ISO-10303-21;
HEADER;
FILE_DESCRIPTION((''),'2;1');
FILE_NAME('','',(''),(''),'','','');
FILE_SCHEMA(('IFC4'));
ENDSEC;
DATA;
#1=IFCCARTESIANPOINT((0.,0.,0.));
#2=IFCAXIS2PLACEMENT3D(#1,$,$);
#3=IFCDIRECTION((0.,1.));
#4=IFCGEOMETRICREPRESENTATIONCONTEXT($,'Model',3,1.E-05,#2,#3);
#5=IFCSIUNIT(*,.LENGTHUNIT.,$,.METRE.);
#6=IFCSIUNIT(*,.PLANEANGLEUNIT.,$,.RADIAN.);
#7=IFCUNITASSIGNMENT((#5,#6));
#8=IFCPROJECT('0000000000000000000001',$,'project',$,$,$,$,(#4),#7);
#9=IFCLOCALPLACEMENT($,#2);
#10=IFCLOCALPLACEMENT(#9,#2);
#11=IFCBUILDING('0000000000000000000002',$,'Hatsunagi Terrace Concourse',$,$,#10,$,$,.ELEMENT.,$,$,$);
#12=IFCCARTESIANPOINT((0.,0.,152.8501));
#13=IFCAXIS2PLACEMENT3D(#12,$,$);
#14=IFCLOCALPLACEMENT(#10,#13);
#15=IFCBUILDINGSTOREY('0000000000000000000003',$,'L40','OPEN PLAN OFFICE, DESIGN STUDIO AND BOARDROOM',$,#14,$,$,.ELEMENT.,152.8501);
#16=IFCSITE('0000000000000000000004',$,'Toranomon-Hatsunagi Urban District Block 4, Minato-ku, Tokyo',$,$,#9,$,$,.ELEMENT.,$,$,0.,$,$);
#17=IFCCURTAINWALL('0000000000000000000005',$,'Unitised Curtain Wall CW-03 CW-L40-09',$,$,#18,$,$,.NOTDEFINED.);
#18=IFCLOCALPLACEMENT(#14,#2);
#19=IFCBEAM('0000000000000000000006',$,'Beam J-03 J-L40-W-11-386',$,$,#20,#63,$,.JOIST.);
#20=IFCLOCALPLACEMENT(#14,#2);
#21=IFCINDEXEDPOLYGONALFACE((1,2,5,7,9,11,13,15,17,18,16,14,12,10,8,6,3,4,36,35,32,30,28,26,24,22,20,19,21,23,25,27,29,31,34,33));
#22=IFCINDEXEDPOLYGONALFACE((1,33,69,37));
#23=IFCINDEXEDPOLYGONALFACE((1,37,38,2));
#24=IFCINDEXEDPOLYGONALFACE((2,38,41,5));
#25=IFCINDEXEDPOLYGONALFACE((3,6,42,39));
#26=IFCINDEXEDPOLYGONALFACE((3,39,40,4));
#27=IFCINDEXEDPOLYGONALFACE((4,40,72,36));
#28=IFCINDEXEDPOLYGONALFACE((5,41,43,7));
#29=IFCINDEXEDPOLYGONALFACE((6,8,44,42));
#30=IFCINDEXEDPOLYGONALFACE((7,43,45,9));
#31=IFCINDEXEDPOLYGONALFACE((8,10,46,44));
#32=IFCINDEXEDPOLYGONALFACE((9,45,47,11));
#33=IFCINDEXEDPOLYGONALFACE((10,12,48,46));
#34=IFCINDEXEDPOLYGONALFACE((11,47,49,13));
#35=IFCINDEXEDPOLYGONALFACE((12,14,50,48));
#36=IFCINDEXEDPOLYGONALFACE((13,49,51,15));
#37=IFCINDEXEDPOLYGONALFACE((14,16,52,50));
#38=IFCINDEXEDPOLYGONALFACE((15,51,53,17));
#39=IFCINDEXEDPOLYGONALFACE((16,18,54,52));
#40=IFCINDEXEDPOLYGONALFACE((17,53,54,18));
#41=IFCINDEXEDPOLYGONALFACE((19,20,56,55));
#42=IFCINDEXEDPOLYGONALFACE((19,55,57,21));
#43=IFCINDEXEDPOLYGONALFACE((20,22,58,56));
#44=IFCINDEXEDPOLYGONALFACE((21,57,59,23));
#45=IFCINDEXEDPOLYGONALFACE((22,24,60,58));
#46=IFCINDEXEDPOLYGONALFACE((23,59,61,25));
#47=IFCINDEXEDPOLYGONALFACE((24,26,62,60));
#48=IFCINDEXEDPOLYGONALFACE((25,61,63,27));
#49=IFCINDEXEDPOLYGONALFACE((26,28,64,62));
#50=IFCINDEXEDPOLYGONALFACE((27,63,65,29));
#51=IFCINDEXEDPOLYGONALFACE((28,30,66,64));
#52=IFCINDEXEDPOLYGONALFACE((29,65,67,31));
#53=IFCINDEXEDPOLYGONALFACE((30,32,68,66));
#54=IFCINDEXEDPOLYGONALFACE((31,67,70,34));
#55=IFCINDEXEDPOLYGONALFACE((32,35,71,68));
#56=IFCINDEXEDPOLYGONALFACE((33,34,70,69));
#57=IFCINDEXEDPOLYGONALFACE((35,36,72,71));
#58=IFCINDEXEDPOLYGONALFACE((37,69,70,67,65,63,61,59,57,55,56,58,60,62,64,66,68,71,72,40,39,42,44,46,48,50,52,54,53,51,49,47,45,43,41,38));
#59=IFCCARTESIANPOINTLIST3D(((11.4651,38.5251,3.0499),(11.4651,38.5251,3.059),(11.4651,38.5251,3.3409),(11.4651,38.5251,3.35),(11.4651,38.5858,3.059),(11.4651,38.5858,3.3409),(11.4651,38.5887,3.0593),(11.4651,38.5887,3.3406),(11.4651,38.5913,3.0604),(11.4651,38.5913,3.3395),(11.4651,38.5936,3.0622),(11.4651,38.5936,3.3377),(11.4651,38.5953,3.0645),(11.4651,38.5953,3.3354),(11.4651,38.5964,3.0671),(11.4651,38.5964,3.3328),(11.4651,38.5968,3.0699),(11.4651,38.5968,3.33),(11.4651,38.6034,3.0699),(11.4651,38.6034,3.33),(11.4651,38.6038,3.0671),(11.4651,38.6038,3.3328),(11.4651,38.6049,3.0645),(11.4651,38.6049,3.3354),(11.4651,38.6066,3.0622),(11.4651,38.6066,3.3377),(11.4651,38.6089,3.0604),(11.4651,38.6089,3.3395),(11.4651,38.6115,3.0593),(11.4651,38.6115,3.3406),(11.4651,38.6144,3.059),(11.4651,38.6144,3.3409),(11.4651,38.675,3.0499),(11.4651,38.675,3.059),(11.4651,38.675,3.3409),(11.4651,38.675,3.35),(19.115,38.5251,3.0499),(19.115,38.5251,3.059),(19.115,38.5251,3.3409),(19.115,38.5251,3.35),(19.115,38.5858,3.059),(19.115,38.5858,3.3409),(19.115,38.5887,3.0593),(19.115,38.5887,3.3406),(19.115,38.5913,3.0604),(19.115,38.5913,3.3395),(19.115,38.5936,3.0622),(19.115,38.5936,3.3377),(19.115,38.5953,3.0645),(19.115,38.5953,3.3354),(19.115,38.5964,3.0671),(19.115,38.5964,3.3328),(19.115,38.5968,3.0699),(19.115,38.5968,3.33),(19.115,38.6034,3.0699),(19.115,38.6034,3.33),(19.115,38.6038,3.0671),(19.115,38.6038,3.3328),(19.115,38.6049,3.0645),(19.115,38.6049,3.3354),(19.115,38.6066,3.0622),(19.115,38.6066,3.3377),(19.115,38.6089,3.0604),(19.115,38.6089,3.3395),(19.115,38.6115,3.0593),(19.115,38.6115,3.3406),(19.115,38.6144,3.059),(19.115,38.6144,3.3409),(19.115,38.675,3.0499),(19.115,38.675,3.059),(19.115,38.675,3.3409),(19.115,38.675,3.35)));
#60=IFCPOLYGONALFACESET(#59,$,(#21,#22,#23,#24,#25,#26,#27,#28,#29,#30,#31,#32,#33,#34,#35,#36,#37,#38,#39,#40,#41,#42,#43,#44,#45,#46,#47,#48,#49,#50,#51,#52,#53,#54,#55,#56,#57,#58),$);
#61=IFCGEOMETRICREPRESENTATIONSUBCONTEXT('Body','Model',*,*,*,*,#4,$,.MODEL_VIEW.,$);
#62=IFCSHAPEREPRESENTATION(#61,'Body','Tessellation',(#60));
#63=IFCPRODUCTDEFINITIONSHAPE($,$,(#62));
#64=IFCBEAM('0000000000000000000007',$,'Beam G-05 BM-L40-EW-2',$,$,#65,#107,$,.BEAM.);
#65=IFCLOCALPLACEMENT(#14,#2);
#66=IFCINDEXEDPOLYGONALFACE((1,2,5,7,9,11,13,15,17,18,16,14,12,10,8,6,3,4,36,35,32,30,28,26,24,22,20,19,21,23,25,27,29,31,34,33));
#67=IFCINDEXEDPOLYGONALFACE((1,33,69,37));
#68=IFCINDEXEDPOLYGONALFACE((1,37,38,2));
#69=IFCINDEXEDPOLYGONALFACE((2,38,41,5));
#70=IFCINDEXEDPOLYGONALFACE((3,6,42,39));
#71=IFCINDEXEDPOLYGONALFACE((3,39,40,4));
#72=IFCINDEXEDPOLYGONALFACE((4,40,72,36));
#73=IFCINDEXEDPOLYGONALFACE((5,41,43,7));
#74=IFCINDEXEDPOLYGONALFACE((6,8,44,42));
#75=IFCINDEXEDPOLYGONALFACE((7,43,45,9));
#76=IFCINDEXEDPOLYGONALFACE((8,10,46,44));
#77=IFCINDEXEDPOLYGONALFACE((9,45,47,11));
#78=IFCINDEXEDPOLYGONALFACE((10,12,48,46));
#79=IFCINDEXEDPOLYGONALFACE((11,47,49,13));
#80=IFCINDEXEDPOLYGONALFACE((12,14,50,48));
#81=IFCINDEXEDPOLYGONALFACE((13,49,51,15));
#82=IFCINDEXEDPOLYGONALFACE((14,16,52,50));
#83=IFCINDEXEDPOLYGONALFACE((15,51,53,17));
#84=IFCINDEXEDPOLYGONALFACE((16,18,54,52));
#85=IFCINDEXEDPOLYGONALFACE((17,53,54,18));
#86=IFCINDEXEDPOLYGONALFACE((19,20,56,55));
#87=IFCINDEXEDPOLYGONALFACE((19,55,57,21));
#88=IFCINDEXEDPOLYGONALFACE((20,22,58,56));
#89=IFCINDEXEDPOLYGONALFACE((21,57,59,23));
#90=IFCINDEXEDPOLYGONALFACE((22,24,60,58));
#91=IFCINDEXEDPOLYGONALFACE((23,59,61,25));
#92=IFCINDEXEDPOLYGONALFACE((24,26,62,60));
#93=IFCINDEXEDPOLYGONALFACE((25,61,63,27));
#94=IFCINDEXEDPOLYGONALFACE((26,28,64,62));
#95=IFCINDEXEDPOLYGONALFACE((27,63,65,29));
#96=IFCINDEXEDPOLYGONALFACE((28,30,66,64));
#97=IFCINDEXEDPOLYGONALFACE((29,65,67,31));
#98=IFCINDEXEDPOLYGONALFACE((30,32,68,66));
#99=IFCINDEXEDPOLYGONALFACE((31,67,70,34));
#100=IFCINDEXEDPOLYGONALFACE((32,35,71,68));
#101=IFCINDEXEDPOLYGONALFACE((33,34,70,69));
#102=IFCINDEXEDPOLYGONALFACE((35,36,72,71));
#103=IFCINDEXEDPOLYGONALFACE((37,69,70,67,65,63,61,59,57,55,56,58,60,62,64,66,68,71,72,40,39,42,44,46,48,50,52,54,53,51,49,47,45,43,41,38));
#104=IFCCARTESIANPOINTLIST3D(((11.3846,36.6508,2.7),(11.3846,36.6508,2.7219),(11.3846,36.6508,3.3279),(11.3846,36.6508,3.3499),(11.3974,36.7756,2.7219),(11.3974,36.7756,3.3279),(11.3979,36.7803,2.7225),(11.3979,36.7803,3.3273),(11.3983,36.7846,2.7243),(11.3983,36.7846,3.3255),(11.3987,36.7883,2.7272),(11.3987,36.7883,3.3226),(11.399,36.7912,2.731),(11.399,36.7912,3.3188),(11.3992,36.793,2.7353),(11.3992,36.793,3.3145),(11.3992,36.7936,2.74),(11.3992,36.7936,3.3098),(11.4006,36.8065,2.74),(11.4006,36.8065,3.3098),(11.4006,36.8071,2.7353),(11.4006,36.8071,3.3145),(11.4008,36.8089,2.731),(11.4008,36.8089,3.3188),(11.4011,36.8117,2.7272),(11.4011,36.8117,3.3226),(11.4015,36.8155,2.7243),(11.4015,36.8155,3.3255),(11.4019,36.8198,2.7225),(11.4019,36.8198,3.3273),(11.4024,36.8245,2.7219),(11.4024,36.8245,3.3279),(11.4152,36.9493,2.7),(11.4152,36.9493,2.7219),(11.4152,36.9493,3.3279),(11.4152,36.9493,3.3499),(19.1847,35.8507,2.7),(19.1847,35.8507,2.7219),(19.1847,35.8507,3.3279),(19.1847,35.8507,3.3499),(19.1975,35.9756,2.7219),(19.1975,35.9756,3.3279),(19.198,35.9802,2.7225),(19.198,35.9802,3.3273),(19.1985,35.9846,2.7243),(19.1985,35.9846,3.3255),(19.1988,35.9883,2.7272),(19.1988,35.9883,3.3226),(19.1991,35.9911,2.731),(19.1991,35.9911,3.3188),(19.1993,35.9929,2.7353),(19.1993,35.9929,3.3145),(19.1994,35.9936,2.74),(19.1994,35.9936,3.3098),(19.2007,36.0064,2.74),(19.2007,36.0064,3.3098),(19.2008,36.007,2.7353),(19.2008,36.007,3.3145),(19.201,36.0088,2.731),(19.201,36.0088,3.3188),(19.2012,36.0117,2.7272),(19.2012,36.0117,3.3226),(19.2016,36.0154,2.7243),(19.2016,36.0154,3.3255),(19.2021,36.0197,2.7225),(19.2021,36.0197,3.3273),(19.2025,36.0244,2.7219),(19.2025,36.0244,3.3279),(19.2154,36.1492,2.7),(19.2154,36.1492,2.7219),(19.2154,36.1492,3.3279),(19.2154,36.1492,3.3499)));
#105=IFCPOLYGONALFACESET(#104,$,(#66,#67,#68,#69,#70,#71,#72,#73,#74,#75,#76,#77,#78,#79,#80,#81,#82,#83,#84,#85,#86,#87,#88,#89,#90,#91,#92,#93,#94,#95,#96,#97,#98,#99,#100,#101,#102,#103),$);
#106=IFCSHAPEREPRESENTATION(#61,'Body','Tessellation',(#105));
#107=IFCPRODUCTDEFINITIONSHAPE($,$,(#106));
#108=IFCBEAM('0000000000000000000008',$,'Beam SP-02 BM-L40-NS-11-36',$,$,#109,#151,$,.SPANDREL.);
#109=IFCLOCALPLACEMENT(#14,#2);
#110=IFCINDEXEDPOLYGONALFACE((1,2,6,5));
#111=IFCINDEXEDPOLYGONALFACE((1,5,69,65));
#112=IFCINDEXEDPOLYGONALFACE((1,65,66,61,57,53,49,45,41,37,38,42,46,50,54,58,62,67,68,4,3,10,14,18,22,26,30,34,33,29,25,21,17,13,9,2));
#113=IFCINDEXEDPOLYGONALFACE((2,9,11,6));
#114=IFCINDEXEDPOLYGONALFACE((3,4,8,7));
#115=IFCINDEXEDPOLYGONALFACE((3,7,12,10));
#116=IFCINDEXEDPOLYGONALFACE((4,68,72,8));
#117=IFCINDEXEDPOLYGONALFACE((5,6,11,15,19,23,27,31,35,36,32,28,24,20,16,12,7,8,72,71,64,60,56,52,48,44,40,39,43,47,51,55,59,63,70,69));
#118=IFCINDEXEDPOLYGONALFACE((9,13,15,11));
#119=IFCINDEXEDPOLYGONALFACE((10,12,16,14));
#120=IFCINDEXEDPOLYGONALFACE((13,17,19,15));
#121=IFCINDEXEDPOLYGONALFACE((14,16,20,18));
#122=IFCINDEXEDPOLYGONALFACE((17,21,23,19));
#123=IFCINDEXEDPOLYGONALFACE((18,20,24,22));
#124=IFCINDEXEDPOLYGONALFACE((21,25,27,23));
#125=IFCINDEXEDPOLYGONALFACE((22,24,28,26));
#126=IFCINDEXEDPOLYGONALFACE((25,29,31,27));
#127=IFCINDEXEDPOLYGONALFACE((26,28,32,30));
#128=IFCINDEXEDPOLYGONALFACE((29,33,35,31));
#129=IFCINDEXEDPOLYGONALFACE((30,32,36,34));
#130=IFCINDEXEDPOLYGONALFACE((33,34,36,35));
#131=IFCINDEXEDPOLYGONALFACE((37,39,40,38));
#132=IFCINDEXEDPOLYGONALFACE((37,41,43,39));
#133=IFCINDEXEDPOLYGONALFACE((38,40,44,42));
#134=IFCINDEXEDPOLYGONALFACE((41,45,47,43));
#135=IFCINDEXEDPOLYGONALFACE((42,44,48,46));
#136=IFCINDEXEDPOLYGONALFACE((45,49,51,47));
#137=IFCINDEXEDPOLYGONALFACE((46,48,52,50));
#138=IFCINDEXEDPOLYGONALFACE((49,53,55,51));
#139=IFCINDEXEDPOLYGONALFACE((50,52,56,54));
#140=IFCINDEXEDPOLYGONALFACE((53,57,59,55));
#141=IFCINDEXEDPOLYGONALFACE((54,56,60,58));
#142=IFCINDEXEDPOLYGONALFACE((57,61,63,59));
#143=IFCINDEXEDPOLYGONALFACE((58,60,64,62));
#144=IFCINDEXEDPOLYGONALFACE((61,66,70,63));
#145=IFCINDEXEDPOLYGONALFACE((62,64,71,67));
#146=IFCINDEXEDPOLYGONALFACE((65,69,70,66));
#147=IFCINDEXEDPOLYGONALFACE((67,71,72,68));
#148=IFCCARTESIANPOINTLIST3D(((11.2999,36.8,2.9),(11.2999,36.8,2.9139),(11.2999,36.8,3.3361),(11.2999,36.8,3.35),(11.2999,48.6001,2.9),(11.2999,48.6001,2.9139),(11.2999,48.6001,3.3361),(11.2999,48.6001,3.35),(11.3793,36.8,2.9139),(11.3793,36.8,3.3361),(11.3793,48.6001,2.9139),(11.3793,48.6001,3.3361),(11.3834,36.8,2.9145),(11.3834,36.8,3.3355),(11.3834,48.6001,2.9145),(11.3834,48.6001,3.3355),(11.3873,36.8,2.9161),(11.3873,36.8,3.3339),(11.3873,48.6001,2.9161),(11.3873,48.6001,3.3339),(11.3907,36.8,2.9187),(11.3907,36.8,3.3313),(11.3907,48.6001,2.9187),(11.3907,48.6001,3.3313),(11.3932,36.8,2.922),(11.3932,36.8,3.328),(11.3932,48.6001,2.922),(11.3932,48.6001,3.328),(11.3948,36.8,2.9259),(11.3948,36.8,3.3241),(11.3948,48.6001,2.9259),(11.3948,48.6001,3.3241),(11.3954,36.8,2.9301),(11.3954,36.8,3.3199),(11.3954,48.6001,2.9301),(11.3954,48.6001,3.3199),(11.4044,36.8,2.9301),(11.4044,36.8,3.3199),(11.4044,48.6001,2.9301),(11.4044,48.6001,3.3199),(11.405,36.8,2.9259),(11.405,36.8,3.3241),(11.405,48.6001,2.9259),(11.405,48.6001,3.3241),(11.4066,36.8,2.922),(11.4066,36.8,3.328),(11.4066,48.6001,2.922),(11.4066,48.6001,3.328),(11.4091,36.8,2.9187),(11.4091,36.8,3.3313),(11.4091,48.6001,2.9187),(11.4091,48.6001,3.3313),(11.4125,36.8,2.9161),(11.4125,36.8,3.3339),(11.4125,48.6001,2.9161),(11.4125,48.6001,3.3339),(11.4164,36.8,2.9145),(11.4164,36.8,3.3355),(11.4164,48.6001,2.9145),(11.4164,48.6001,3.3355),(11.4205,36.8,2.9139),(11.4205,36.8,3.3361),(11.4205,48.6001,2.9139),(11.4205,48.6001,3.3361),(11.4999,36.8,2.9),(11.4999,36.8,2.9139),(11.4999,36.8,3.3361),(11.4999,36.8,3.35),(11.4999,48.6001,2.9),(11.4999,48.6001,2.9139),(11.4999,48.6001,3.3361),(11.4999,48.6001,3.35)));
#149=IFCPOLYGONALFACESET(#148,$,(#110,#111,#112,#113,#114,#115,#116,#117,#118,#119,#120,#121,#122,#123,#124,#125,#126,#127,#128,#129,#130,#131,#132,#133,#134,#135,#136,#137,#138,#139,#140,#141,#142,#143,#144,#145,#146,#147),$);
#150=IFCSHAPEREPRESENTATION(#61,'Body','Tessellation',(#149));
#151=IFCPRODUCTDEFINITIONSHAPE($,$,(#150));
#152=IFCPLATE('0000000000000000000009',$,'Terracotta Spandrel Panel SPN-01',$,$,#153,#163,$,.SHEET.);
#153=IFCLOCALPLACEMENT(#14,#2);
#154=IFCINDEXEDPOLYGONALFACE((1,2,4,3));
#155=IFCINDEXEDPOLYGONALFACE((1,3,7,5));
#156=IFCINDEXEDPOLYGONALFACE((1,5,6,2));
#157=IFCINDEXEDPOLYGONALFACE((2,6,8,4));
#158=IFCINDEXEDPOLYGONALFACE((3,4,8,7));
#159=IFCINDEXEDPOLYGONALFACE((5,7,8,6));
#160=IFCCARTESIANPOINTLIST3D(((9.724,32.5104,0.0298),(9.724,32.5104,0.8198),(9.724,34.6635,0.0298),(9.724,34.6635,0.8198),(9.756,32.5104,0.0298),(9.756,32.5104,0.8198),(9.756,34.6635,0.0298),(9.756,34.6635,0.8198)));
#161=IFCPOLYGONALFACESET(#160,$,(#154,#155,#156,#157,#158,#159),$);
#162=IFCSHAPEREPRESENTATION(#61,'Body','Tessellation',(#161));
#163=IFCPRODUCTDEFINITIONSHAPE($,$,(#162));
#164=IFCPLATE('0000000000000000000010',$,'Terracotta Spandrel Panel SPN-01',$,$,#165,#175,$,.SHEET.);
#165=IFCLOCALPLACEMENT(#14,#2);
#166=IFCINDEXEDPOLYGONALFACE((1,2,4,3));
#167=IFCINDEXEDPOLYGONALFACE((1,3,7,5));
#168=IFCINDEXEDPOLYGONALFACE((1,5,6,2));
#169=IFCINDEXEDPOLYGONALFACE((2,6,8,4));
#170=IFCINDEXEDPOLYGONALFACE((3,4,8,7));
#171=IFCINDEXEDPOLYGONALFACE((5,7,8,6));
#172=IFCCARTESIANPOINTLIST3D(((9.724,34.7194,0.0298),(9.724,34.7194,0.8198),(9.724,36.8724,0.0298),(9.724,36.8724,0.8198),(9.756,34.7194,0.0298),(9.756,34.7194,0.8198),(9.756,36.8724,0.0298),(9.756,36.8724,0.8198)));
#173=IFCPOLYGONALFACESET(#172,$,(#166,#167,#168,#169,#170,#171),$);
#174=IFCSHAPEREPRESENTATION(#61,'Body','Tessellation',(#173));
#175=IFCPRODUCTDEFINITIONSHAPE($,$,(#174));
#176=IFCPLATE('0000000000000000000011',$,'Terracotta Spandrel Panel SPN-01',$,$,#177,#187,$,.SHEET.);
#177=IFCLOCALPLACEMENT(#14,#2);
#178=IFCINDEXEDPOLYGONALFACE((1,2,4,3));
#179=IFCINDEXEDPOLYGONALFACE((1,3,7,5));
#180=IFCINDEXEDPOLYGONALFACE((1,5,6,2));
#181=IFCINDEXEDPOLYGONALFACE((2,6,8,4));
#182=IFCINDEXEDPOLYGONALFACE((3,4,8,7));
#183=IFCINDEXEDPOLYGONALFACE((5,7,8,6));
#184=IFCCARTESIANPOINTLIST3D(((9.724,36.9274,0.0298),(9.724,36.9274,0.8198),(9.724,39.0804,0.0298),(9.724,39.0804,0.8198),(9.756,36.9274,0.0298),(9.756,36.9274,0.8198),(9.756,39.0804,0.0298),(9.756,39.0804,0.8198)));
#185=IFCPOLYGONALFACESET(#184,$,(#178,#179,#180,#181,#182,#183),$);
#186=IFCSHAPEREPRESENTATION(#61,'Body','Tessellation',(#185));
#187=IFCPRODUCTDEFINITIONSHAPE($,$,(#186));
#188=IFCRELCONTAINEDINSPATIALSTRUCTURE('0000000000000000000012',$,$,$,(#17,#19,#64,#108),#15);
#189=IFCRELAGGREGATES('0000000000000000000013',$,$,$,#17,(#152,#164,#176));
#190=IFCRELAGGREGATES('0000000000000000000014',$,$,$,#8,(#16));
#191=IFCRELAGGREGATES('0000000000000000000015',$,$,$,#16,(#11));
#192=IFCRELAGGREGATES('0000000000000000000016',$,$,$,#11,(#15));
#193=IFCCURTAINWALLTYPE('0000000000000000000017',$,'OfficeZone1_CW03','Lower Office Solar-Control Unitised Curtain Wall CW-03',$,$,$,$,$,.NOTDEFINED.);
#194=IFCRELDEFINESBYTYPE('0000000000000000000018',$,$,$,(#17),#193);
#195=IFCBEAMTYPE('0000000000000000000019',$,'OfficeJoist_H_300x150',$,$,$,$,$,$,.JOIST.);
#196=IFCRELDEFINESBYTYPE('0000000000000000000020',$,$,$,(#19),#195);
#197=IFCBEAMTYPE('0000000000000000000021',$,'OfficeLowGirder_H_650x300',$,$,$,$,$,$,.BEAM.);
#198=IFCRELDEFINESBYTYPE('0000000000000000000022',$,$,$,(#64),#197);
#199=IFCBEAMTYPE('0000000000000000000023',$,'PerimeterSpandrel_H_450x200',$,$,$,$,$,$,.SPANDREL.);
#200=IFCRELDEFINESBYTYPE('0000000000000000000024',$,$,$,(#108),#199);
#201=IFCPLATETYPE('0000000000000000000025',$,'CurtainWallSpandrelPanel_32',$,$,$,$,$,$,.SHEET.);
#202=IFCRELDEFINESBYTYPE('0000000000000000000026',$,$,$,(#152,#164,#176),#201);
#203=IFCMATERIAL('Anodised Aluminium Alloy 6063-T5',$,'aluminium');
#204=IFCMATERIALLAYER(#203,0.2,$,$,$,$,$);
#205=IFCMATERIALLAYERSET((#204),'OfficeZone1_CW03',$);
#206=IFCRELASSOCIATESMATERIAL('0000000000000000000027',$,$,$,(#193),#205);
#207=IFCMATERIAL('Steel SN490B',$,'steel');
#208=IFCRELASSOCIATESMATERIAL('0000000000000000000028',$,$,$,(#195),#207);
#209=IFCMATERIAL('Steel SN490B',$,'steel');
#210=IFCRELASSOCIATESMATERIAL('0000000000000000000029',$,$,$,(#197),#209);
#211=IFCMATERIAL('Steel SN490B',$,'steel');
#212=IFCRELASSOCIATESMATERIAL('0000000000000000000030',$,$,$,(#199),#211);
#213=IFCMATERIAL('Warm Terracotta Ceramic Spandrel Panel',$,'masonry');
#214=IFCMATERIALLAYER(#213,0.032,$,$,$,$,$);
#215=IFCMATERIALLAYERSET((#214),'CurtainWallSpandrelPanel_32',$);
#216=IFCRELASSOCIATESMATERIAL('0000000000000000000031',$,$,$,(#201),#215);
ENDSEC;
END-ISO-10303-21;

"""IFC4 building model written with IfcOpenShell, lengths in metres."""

from ifc_helpers import new_model, si_unit, direction, frame, origin, origin_2d, place, context, subcontext, project, spatial, rectangle, i_section, extrude, material, layer, layer_set, material_profile, profile_set, type_object, element, aggregate, save


model = new_model("IFC4")

# Units and contexts
model_context = context("Model", 3, precision=1e-05, world=origin(), true_north=direction((0.0, 1.0)))
body_context = subcontext(model_context, "Body", "Model", "MODEL_VIEW")
ifc_project = project(units=[si_unit("LENGTHUNIT", "METRE"), si_unit("PLANEANGLEUNIT", "RADIAN")], contexts=[model_context])

# Site, building, storey
site_placement = place(None, origin())
site = spatial("IfcSite", under=ifc_project, at=site_placement, Name="Toranomon-Hatsunagi Urban District Block 4, Minato-ku, Tokyo", CompositionType="ELEMENT", RefElevation=0.0)
building_placement = place(site_placement, origin())
building = spatial("IfcBuilding", under=site, at=building_placement, Name="Hatsunagi Terrace Concourse", CompositionType="ELEMENT")
storey_placement = place(building_placement, frame((0.0, 0.0, 152.8501)))
storey = spatial("IfcBuildingStorey", under=building, at=storey_placement, Name="L40", Description="OPEN PLAN OFFICE, DESIGN STUDIO AND BOARDROOM", CompositionType="ELEMENT", Elevation=152.8501)

# Curtain wall
ifc_material_1 = material(Name="Anodised Aluminium Alloy 6063-T5", Category="aluminium")
ifc_layer_1 = layer(ifc_material_1, 0.2)
ifc_layer_set_1 = layer_set([ifc_layer_1], Name="OfficeZone1_CW03")
curtain_wall_type = type_object("IfcCurtainWallType", Name="OfficeZone1_CW03", Description="Lower Office Solar-Control Unitised Curtain Wall CW-03", PredefinedType="NOTDEFINED", material=ifc_layer_set_1)
curtain_wall_placement = place(storey_placement, origin())
curtain_wall = element("IfcCurtainWall", 1, at=curtain_wall_placement, inside=storey, type_object=curtain_wall_type, Name="Unitised Curtain Wall CW-03 CW-L40-09", PredefinedType="NOTDEFINED")

# Beams
ifc_material_2 = material(Name="Steel SN490B", Category="steel")
ifc_material_profile_1 = material_profile(ifc_material_2, i_section(OverallWidth=0.1499, OverallDepth=0.3, WebThickness=0.0066, FlangeThickness=0.009, FilletRadius=0.011, at=origin_2d()), Name="H-300x150x6.5x9")
ifc_profile_set_1 = profile_set([ifc_material_profile_1], Name="Steel SN490B")
beam_type_1 = type_object("IfcBeamType", Name="OfficeJoist_H_300x150", PredefinedType="JOIST", material=ifc_profile_set_1)
for number, where, z_axis, x_axis, name in (
    (2, (11.4651, 38.6001, 3.2), (1.0, 0.0, 0.0), (0.0, 1.0, 0.0), "Beam J-03 J-L40-W-11-386"),
):
    element("IfcBeam", number, at=place(storey_placement, frame(where, z_axis=z_axis, x_axis=x_axis)), inside=storey, type_object=beam_type_1, Name=name, PredefinedType="JOIST", context=body_context, shape_type="SweptSolid", body=[
        extrude(i_section(OverallWidth=0.1499, OverallDepth=0.3, WebThickness=0.0066, FlangeThickness=0.009, FilletRadius=0.011, at=origin_2d()), origin(), (0.0, 0.0, 1.0), 7.6499),
    ])
ifc_material_3 = material(Name="Steel SN490B", Category="steel")
ifc_material_profile_2 = material_profile(ifc_material_3, i_section(OverallWidth=0.3, OverallDepth=0.6499, WebThickness=0.0129, FlangeThickness=0.022, FilletRadius=0.0181, at=origin_2d()), Name="H-650x300x13x22")
ifc_profile_set_2 = profile_set([ifc_material_profile_2], Name="Steel SN490B")
beam_type_2 = type_object("IfcBeamType", Name="OfficeLowGirder_H_650x300", PredefinedType="BEAM", material=ifc_profile_set_2)
beam_1_placement = place(storey_placement, frame((11.3999, 36.8, 3.0249), z_axis=(0.994781, -0.102034, 0.0), x_axis=(0.102034, 0.994781, 0.0)))
element("IfcBeam", 3, at=beam_1_placement, inside=storey, type_object=beam_type_2, Name="Beam G-05 BM-L40-EW-2", PredefinedType="BEAM", context=body_context, shape_type="SweptSolid", body=[
    extrude(i_section(OverallWidth=0.3, OverallDepth=0.6499, WebThickness=0.0129, FlangeThickness=0.022, FilletRadius=0.0181, at=origin_2d()), origin(), (0.0, 0.0, 1.0), 7.8411),
])
ifc_material_4 = material(Name="Steel SN490B", Category="steel")
ifc_material_profile_3 = material_profile(ifc_material_4, i_section(OverallWidth=0.2, OverallDepth=0.45, WebThickness=0.009, FlangeThickness=0.0139, FilletRadius=0.0161, at=origin_2d()), Name="H-450x200x9x14")
ifc_profile_set_3 = profile_set([ifc_material_profile_3], Name="Steel SN490B")
beam_type_3 = type_object("IfcBeamType", Name="PerimeterSpandrel_H_450x200", PredefinedType="SPANDREL", material=ifc_profile_set_3)
beam_2_placement = place(storey_placement, frame((11.3999, 36.8, 3.125), z_axis=(0.0, 1.0, 0.0), x_axis=(-1.0, 0.0, 0.0)))
element("IfcBeam", 4, at=beam_2_placement, inside=storey, type_object=beam_type_3, Name="Beam SP-02 BM-L40-NS-11-36", PredefinedType="SPANDREL", context=body_context, shape_type="SweptSolid", body=[
    extrude(i_section(OverallWidth=0.2, OverallDepth=0.45, WebThickness=0.009, FlangeThickness=0.0139, FilletRadius=0.0161, at=origin_2d()), origin(), (0.0, 0.0, 1.0), 11.8),
])

# Plates
ifc_material_5 = material(Name="Warm Terracotta Ceramic Spandrel Panel", Category="masonry")
ifc_layer_2 = layer(ifc_material_5, 0.032)
ifc_layer_set_2 = layer_set([ifc_layer_2], Name="CurtainWallSpandrelPanel_32")
plate_type_1 = type_object("IfcPlateType", Name="CurtainWallSpandrelPanel_32", PredefinedType="SHEET", material=ifc_layer_set_2)
plate_1_placement = place(storey_placement, frame((9.74, 33.5869, 0.0298), z_axis=(0.0, 0.0, 1.0), x_axis=(0.0, 1.0, 0.0)))
plate_1 = element("IfcPlate", 5, at=plate_1_placement, type_object=plate_type_1, Name="Terracotta Spandrel Panel SPN-01", PredefinedType="SHEET", context=body_context, shape_type="SweptSolid", body=[
    extrude(rectangle(XDim=2.1531, YDim=0.032, at=origin_2d()), origin(), (0.0, 0.0, 1.0), 0.79),
])
plate_2_placement = place(storey_placement, frame((9.74, 35.7959, 0.0298), z_axis=(0.0, 0.0, 1.0), x_axis=(0.0, 1.0, 0.0)))
plate_2 = element("IfcPlate", 6, at=plate_2_placement, type_object=plate_type_1, Name="Terracotta Spandrel Panel SPN-01", PredefinedType="SHEET", context=body_context, shape_type="SweptSolid", body=[
    extrude(rectangle(XDim=2.1531, YDim=0.032, at=origin_2d()), origin(), (0.0, 0.0, 1.0), 0.79),
])
plate_3_placement = place(storey_placement, frame((9.74, 38.0039, 0.0298), z_axis=(0.0, 0.0, 1.0), x_axis=(0.0, 1.0, 0.0)))
plate_3 = element("IfcPlate", 7, at=plate_3_placement, type_object=plate_type_1, Name="Terracotta Spandrel Panel SPN-01", PredefinedType="SHEET", context=body_context, shape_type="SweptSolid", body=[
    extrude(rectangle(XDim=2.1531, YDim=0.032, at=origin_2d()), origin(), (0.0, 0.0, 1.0), 0.79),
])
aggregate(curtain_wall, [plate_1, plate_2, plate_3])

save(model, "model.ifc")
